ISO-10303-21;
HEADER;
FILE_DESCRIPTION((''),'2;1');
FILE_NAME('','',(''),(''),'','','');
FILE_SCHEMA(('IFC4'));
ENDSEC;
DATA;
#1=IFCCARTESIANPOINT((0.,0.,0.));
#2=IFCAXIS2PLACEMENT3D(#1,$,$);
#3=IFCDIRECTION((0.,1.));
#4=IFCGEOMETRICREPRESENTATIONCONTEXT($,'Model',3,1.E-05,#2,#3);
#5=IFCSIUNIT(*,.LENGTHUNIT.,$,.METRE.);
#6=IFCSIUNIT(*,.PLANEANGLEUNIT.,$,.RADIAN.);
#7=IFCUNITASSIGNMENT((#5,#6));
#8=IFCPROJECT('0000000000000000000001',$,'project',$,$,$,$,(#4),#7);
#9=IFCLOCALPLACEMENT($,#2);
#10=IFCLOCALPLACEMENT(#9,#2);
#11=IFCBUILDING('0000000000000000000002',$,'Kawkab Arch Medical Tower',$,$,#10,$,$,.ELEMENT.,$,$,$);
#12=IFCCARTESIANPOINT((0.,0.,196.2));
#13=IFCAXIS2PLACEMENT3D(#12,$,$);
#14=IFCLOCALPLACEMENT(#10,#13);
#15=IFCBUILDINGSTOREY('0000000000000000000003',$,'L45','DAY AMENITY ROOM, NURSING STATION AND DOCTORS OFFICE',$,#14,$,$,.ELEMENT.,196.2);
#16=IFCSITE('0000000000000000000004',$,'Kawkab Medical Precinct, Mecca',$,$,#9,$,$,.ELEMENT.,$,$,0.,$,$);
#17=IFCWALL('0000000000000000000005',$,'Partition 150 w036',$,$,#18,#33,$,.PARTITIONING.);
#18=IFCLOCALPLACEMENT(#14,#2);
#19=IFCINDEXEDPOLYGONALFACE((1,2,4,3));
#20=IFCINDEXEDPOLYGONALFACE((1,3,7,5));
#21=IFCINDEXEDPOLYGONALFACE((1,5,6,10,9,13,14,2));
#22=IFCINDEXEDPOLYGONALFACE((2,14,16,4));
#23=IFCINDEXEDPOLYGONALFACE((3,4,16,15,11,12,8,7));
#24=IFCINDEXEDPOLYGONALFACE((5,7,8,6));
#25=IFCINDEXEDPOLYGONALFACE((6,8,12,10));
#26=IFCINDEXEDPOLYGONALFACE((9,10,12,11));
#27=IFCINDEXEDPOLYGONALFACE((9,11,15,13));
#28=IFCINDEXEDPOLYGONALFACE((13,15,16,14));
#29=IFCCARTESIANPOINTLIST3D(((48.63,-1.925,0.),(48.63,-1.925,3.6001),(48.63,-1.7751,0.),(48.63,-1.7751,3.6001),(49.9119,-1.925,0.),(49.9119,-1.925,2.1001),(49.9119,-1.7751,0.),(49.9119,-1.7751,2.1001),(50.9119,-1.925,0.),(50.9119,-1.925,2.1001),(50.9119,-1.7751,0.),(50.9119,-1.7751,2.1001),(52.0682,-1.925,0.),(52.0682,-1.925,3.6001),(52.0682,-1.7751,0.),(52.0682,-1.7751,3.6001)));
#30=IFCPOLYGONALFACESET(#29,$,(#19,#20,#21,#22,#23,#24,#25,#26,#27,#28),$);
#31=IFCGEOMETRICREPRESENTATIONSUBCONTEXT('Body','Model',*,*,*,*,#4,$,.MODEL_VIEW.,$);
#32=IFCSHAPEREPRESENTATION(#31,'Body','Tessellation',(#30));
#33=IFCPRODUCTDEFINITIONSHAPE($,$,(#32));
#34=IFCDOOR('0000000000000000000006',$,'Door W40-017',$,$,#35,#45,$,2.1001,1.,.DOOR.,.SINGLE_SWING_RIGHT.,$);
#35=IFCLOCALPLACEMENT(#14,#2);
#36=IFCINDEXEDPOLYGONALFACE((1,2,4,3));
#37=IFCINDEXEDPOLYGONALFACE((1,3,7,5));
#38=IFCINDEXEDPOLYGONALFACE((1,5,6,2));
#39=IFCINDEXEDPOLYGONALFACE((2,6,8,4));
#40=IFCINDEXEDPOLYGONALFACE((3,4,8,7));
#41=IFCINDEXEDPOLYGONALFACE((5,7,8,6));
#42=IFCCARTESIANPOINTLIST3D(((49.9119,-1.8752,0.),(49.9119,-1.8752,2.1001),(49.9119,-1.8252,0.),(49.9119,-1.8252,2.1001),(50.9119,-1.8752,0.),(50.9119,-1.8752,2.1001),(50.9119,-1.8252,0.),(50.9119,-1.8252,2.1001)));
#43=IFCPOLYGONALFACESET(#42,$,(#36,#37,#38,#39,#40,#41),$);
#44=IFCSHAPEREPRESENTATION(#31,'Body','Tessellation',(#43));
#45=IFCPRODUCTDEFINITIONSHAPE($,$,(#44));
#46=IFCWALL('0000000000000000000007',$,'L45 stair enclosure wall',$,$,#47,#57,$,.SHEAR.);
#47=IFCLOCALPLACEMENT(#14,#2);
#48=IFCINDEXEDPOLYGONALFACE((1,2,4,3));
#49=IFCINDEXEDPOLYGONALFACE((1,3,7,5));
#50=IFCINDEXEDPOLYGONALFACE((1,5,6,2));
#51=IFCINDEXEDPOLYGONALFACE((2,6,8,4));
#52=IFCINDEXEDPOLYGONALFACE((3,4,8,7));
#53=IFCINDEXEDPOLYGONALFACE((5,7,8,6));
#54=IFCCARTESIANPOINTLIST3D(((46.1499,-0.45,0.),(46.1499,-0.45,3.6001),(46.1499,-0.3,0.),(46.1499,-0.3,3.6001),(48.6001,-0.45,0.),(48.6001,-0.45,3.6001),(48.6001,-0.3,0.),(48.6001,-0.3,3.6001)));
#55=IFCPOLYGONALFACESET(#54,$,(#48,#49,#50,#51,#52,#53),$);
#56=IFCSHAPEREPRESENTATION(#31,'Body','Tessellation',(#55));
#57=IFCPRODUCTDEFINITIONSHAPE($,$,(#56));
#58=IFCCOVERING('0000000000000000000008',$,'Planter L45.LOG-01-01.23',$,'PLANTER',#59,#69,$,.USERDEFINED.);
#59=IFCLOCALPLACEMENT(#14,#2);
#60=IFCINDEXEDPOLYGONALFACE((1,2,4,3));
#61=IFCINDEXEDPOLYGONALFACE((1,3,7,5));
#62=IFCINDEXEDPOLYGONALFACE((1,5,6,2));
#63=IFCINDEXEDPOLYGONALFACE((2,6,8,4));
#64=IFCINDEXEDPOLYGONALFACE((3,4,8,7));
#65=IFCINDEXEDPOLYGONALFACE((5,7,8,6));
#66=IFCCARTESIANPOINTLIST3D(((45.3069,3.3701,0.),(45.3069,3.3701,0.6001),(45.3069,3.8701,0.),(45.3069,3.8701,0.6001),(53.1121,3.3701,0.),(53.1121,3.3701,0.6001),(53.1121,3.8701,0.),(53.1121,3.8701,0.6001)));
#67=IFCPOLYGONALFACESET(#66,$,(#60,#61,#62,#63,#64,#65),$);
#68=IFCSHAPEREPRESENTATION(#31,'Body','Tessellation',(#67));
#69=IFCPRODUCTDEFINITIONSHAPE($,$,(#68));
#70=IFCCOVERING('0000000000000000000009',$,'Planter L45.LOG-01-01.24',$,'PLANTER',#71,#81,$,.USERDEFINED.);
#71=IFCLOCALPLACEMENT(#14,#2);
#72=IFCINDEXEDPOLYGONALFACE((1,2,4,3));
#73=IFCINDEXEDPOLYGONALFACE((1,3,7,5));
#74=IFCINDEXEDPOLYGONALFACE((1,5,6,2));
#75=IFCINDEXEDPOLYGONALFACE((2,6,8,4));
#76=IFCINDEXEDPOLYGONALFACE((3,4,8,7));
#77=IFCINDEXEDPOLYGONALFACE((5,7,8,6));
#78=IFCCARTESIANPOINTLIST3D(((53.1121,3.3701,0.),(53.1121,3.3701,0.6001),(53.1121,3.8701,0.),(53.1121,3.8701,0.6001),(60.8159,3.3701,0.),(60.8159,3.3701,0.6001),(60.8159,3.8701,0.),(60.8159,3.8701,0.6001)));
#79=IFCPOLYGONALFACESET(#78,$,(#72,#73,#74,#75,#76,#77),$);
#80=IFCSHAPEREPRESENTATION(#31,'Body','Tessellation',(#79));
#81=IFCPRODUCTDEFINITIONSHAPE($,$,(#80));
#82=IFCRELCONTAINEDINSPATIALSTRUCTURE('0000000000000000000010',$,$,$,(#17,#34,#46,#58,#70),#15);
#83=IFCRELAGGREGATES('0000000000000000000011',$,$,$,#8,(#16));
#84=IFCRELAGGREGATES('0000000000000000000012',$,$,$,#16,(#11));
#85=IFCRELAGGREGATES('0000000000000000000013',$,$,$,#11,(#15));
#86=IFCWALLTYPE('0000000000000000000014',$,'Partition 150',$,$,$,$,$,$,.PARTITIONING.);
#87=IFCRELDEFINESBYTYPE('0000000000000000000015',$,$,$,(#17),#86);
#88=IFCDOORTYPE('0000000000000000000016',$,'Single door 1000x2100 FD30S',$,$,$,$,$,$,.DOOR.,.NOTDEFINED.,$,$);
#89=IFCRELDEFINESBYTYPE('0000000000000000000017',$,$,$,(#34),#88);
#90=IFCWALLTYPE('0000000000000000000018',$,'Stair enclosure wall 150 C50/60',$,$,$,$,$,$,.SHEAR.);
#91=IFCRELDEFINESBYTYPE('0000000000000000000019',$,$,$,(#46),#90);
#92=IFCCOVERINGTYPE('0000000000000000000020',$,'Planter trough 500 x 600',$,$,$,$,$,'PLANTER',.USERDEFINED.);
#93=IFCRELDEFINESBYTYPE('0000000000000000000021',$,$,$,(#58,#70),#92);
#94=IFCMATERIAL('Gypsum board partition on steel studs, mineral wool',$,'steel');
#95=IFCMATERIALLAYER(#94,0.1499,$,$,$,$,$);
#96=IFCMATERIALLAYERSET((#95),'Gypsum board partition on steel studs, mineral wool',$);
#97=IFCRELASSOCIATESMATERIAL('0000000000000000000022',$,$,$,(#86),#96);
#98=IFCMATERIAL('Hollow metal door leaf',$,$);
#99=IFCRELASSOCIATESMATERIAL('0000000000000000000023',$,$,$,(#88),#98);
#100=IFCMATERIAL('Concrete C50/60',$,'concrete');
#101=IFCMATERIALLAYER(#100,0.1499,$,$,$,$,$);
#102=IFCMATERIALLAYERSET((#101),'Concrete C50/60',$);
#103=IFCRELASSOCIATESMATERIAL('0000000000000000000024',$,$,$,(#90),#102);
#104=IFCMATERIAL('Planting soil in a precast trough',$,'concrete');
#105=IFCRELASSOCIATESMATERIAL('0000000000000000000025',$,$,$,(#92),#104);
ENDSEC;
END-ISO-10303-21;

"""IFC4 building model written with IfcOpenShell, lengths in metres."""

from ifc_helpers import new_model, si_unit, direction, frame, frame_2d, origin, origin_2d, place, context, subcontext, project, spatial, rectangle, extrude, material, layer, layer_set, material_profile, profile_set, type_object, element, fill, save


model = new_model("IFC4")

# Units and contexts
model_context = context("Model", 3, precision=1e-05, world=origin(), true_north=direction((0.0, 1.0)))
body_context = subcontext(model_context, "Body", "Model", "MODEL_VIEW")
ifc_project = project(units=[si_unit("LENGTHUNIT", "METRE"), si_unit("PLANEANGLEUNIT", "RADIAN")], contexts=[model_context])

# Site, building, storey
site_placement = place(None, origin())
site = spatial("IfcSite", under=ifc_project, at=site_placement, Name="Kawkab Medical Precinct, Mecca", CompositionType="ELEMENT", RefElevation=0.0)
building_placement = place(site_placement, origin())
building = spatial("IfcBuilding", under=site, at=building_placement, Name="Kawkab Arch Medical Tower", CompositionType="ELEMENT")
storey_placement = place(building_placement, frame((0.0, 0.0, 196.2)))
storey = spatial("IfcBuildingStorey", under=building, at=storey_placement, Name="L45", Description="DAY AMENITY ROOM, NURSING STATION AND DOCTORS OFFICE", CompositionType="ELEMENT", Elevation=196.2)

# Wall, opening, door
ifc_material_1 = material(Name="Gypsum board partition on steel studs, mineral wool", Category="steel")
ifc_layer_1 = layer(ifc_material_1, 0.1499)
ifc_layer_set_1 = layer_set([ifc_layer_1], Name="Gypsum board partition on steel studs, mineral wool")
wall_type_1 = type_object("IfcWallType", Name="Partition 150", PredefinedType="PARTITIONING", material=ifc_layer_set_1)
wall_1_placement = place(storey_placement, frame((48.6299, -1.8501, 0.0), z_axis=(0.0, 0.0, 1.0), x_axis=(1.0, 0.0, 0.0)))
wall_1 = element("IfcWall", 1, at=wall_1_placement, inside=storey, type_object=wall_type_1, Name="Partition 150 w036", PredefinedType="PARTITIONING", context=body_context, shape_type="SweptSolid", body=[
    extrude(rectangle(XDim=3.4382, YDim=0.1499, at=frame_2d((1.7192, 0.0))), origin(), (0.0, 0.0, 1.0), 3.6001),
])
opening_1_placement = place(wall_1_placement, frame((1.282, 0.0, 0.0)))
opening_1 = element("IfcOpeningElement", 2, at=opening_1_placement, cuts=wall_1, PredefinedType="OPENING", context=body_context, shape_type="SweptSolid", body=[
    extrude(rectangle(XDim=1.0, YDim=2.1001, at=frame_2d((0.5, 1.05))), frame((0.0, 0.085, 0.0), z_axis=(0.0, -1.0, 0.0), x_axis=(1.0, 0.0, 0.0)), (0.0, 0.0, 1.0), 0.1699),
])
ifc_material_2 = material(Name="Hollow metal door leaf")
door_type_1 = type_object("IfcDoorType", Name="Single door 1000x2100 FD30S", OperationType="NOTDEFINED", PredefinedType="DOOR", material=ifc_material_2)
door_1_placement = place(opening_1_placement, origin())
door_1 = element("IfcDoor", 3, at=door_1_placement, inside=storey, type_object=door_type_1, Name="Door W40-017", OperationType="SINGLE_SWING_RIGHT", OverallHeight=2.1001, OverallWidth=1.0, PredefinedType="DOOR", context=body_context, shape_type="SweptSolid", body=[
    extrude(rectangle(XDim=1.0, YDim=2.1001, at=frame_2d((0.5, 1.05))), frame((0.0, 0.0249, 0.0), z_axis=(0.0, -1.0, 0.0), x_axis=(1.0, 0.0, 0.0)), (0.0, 0.0, 1.0), 0.05),
])
fill(opening_1, door_1)

# Wall
ifc_material_3 = material(Name="Concrete C50/60", Category="concrete")
ifc_layer_2 = layer(ifc_material_3, 0.1499)
ifc_layer_set_2 = layer_set([ifc_layer_2], Name="Concrete C50/60")
wall_type_2 = type_object("IfcWallType", Name="Stair enclosure wall 150 C50/60", PredefinedType="SHEAR", material=ifc_layer_set_2)
wall_2_placement = place(storey_placement, frame((46.1499, -0.375, 0.0), z_axis=(0.0, 0.0, 1.0), x_axis=(1.0, 0.0, 0.0)))
element("IfcWall", 4, at=wall_2_placement, inside=storey, type_object=wall_type_2, Name="L45 stair enclosure wall", PredefinedType="SHEAR", context=body_context, shape_type="SweptSolid", body=[
    extrude(rectangle(XDim=2.4502, YDim=0.1499, at=frame_2d((1.2251, 0.0))), origin(), (0.0, 0.0, 1.0), 3.6001),
])

# Coverings
ifc_material_4 = material(Name="Planting soil in a precast trough", Category="concrete")
ifc_material_profile_1 = material_profile(ifc_material_4, rectangle(XDim=0.5, YDim=0.6001, at=origin_2d()), Name="Trough 500x600")
ifc_profile_set_1 = profile_set([ifc_material_profile_1], Name="Planting soil in a precast trough")
covering_type = type_object("IfcCoveringType", Name="Planter trough 500 x 600", ElementType="PLANTER", PredefinedType="USERDEFINED", material=ifc_profile_set_1)
covering_1_placement = place(storey_placement, frame((45.3069, 3.6201, 0.3), z_axis=(1.0, 0.0, 0.0), x_axis=(0.0, 1.0, 0.0)))
element("IfcCovering", 5, at=covering_1_placement, inside=storey, type_object=covering_type, Name="Planter L45.LOG-01-01.23", ObjectType="PLANTER", PredefinedType="USERDEFINED", context=body_context, shape_type="SweptSolid", body=[
    extrude(rectangle(XDim=0.5, YDim=0.6001, at=origin_2d()), origin(), (0.0, 0.0, 1.0), 7.8052),
])
covering_2_placement = place(storey_placement, frame((53.1121, 3.6201, 0.3), z_axis=(1.0, 0.0, 0.0), x_axis=(0.0, 1.0, 0.0)))
element("IfcCovering", 6, at=covering_2_placement, inside=storey, type_object=covering_type, Name="Planter L45.LOG-01-01.24", ObjectType="PLANTER", PredefinedType="USERDEFINED", context=body_context, shape_type="SweptSolid", body=[
    extrude(rectangle(XDim=0.5, YDim=0.6001, at=origin_2d()), origin(), (0.0, 0.0, 1.0), 7.7039),
])

save(model, "model.ifc")
